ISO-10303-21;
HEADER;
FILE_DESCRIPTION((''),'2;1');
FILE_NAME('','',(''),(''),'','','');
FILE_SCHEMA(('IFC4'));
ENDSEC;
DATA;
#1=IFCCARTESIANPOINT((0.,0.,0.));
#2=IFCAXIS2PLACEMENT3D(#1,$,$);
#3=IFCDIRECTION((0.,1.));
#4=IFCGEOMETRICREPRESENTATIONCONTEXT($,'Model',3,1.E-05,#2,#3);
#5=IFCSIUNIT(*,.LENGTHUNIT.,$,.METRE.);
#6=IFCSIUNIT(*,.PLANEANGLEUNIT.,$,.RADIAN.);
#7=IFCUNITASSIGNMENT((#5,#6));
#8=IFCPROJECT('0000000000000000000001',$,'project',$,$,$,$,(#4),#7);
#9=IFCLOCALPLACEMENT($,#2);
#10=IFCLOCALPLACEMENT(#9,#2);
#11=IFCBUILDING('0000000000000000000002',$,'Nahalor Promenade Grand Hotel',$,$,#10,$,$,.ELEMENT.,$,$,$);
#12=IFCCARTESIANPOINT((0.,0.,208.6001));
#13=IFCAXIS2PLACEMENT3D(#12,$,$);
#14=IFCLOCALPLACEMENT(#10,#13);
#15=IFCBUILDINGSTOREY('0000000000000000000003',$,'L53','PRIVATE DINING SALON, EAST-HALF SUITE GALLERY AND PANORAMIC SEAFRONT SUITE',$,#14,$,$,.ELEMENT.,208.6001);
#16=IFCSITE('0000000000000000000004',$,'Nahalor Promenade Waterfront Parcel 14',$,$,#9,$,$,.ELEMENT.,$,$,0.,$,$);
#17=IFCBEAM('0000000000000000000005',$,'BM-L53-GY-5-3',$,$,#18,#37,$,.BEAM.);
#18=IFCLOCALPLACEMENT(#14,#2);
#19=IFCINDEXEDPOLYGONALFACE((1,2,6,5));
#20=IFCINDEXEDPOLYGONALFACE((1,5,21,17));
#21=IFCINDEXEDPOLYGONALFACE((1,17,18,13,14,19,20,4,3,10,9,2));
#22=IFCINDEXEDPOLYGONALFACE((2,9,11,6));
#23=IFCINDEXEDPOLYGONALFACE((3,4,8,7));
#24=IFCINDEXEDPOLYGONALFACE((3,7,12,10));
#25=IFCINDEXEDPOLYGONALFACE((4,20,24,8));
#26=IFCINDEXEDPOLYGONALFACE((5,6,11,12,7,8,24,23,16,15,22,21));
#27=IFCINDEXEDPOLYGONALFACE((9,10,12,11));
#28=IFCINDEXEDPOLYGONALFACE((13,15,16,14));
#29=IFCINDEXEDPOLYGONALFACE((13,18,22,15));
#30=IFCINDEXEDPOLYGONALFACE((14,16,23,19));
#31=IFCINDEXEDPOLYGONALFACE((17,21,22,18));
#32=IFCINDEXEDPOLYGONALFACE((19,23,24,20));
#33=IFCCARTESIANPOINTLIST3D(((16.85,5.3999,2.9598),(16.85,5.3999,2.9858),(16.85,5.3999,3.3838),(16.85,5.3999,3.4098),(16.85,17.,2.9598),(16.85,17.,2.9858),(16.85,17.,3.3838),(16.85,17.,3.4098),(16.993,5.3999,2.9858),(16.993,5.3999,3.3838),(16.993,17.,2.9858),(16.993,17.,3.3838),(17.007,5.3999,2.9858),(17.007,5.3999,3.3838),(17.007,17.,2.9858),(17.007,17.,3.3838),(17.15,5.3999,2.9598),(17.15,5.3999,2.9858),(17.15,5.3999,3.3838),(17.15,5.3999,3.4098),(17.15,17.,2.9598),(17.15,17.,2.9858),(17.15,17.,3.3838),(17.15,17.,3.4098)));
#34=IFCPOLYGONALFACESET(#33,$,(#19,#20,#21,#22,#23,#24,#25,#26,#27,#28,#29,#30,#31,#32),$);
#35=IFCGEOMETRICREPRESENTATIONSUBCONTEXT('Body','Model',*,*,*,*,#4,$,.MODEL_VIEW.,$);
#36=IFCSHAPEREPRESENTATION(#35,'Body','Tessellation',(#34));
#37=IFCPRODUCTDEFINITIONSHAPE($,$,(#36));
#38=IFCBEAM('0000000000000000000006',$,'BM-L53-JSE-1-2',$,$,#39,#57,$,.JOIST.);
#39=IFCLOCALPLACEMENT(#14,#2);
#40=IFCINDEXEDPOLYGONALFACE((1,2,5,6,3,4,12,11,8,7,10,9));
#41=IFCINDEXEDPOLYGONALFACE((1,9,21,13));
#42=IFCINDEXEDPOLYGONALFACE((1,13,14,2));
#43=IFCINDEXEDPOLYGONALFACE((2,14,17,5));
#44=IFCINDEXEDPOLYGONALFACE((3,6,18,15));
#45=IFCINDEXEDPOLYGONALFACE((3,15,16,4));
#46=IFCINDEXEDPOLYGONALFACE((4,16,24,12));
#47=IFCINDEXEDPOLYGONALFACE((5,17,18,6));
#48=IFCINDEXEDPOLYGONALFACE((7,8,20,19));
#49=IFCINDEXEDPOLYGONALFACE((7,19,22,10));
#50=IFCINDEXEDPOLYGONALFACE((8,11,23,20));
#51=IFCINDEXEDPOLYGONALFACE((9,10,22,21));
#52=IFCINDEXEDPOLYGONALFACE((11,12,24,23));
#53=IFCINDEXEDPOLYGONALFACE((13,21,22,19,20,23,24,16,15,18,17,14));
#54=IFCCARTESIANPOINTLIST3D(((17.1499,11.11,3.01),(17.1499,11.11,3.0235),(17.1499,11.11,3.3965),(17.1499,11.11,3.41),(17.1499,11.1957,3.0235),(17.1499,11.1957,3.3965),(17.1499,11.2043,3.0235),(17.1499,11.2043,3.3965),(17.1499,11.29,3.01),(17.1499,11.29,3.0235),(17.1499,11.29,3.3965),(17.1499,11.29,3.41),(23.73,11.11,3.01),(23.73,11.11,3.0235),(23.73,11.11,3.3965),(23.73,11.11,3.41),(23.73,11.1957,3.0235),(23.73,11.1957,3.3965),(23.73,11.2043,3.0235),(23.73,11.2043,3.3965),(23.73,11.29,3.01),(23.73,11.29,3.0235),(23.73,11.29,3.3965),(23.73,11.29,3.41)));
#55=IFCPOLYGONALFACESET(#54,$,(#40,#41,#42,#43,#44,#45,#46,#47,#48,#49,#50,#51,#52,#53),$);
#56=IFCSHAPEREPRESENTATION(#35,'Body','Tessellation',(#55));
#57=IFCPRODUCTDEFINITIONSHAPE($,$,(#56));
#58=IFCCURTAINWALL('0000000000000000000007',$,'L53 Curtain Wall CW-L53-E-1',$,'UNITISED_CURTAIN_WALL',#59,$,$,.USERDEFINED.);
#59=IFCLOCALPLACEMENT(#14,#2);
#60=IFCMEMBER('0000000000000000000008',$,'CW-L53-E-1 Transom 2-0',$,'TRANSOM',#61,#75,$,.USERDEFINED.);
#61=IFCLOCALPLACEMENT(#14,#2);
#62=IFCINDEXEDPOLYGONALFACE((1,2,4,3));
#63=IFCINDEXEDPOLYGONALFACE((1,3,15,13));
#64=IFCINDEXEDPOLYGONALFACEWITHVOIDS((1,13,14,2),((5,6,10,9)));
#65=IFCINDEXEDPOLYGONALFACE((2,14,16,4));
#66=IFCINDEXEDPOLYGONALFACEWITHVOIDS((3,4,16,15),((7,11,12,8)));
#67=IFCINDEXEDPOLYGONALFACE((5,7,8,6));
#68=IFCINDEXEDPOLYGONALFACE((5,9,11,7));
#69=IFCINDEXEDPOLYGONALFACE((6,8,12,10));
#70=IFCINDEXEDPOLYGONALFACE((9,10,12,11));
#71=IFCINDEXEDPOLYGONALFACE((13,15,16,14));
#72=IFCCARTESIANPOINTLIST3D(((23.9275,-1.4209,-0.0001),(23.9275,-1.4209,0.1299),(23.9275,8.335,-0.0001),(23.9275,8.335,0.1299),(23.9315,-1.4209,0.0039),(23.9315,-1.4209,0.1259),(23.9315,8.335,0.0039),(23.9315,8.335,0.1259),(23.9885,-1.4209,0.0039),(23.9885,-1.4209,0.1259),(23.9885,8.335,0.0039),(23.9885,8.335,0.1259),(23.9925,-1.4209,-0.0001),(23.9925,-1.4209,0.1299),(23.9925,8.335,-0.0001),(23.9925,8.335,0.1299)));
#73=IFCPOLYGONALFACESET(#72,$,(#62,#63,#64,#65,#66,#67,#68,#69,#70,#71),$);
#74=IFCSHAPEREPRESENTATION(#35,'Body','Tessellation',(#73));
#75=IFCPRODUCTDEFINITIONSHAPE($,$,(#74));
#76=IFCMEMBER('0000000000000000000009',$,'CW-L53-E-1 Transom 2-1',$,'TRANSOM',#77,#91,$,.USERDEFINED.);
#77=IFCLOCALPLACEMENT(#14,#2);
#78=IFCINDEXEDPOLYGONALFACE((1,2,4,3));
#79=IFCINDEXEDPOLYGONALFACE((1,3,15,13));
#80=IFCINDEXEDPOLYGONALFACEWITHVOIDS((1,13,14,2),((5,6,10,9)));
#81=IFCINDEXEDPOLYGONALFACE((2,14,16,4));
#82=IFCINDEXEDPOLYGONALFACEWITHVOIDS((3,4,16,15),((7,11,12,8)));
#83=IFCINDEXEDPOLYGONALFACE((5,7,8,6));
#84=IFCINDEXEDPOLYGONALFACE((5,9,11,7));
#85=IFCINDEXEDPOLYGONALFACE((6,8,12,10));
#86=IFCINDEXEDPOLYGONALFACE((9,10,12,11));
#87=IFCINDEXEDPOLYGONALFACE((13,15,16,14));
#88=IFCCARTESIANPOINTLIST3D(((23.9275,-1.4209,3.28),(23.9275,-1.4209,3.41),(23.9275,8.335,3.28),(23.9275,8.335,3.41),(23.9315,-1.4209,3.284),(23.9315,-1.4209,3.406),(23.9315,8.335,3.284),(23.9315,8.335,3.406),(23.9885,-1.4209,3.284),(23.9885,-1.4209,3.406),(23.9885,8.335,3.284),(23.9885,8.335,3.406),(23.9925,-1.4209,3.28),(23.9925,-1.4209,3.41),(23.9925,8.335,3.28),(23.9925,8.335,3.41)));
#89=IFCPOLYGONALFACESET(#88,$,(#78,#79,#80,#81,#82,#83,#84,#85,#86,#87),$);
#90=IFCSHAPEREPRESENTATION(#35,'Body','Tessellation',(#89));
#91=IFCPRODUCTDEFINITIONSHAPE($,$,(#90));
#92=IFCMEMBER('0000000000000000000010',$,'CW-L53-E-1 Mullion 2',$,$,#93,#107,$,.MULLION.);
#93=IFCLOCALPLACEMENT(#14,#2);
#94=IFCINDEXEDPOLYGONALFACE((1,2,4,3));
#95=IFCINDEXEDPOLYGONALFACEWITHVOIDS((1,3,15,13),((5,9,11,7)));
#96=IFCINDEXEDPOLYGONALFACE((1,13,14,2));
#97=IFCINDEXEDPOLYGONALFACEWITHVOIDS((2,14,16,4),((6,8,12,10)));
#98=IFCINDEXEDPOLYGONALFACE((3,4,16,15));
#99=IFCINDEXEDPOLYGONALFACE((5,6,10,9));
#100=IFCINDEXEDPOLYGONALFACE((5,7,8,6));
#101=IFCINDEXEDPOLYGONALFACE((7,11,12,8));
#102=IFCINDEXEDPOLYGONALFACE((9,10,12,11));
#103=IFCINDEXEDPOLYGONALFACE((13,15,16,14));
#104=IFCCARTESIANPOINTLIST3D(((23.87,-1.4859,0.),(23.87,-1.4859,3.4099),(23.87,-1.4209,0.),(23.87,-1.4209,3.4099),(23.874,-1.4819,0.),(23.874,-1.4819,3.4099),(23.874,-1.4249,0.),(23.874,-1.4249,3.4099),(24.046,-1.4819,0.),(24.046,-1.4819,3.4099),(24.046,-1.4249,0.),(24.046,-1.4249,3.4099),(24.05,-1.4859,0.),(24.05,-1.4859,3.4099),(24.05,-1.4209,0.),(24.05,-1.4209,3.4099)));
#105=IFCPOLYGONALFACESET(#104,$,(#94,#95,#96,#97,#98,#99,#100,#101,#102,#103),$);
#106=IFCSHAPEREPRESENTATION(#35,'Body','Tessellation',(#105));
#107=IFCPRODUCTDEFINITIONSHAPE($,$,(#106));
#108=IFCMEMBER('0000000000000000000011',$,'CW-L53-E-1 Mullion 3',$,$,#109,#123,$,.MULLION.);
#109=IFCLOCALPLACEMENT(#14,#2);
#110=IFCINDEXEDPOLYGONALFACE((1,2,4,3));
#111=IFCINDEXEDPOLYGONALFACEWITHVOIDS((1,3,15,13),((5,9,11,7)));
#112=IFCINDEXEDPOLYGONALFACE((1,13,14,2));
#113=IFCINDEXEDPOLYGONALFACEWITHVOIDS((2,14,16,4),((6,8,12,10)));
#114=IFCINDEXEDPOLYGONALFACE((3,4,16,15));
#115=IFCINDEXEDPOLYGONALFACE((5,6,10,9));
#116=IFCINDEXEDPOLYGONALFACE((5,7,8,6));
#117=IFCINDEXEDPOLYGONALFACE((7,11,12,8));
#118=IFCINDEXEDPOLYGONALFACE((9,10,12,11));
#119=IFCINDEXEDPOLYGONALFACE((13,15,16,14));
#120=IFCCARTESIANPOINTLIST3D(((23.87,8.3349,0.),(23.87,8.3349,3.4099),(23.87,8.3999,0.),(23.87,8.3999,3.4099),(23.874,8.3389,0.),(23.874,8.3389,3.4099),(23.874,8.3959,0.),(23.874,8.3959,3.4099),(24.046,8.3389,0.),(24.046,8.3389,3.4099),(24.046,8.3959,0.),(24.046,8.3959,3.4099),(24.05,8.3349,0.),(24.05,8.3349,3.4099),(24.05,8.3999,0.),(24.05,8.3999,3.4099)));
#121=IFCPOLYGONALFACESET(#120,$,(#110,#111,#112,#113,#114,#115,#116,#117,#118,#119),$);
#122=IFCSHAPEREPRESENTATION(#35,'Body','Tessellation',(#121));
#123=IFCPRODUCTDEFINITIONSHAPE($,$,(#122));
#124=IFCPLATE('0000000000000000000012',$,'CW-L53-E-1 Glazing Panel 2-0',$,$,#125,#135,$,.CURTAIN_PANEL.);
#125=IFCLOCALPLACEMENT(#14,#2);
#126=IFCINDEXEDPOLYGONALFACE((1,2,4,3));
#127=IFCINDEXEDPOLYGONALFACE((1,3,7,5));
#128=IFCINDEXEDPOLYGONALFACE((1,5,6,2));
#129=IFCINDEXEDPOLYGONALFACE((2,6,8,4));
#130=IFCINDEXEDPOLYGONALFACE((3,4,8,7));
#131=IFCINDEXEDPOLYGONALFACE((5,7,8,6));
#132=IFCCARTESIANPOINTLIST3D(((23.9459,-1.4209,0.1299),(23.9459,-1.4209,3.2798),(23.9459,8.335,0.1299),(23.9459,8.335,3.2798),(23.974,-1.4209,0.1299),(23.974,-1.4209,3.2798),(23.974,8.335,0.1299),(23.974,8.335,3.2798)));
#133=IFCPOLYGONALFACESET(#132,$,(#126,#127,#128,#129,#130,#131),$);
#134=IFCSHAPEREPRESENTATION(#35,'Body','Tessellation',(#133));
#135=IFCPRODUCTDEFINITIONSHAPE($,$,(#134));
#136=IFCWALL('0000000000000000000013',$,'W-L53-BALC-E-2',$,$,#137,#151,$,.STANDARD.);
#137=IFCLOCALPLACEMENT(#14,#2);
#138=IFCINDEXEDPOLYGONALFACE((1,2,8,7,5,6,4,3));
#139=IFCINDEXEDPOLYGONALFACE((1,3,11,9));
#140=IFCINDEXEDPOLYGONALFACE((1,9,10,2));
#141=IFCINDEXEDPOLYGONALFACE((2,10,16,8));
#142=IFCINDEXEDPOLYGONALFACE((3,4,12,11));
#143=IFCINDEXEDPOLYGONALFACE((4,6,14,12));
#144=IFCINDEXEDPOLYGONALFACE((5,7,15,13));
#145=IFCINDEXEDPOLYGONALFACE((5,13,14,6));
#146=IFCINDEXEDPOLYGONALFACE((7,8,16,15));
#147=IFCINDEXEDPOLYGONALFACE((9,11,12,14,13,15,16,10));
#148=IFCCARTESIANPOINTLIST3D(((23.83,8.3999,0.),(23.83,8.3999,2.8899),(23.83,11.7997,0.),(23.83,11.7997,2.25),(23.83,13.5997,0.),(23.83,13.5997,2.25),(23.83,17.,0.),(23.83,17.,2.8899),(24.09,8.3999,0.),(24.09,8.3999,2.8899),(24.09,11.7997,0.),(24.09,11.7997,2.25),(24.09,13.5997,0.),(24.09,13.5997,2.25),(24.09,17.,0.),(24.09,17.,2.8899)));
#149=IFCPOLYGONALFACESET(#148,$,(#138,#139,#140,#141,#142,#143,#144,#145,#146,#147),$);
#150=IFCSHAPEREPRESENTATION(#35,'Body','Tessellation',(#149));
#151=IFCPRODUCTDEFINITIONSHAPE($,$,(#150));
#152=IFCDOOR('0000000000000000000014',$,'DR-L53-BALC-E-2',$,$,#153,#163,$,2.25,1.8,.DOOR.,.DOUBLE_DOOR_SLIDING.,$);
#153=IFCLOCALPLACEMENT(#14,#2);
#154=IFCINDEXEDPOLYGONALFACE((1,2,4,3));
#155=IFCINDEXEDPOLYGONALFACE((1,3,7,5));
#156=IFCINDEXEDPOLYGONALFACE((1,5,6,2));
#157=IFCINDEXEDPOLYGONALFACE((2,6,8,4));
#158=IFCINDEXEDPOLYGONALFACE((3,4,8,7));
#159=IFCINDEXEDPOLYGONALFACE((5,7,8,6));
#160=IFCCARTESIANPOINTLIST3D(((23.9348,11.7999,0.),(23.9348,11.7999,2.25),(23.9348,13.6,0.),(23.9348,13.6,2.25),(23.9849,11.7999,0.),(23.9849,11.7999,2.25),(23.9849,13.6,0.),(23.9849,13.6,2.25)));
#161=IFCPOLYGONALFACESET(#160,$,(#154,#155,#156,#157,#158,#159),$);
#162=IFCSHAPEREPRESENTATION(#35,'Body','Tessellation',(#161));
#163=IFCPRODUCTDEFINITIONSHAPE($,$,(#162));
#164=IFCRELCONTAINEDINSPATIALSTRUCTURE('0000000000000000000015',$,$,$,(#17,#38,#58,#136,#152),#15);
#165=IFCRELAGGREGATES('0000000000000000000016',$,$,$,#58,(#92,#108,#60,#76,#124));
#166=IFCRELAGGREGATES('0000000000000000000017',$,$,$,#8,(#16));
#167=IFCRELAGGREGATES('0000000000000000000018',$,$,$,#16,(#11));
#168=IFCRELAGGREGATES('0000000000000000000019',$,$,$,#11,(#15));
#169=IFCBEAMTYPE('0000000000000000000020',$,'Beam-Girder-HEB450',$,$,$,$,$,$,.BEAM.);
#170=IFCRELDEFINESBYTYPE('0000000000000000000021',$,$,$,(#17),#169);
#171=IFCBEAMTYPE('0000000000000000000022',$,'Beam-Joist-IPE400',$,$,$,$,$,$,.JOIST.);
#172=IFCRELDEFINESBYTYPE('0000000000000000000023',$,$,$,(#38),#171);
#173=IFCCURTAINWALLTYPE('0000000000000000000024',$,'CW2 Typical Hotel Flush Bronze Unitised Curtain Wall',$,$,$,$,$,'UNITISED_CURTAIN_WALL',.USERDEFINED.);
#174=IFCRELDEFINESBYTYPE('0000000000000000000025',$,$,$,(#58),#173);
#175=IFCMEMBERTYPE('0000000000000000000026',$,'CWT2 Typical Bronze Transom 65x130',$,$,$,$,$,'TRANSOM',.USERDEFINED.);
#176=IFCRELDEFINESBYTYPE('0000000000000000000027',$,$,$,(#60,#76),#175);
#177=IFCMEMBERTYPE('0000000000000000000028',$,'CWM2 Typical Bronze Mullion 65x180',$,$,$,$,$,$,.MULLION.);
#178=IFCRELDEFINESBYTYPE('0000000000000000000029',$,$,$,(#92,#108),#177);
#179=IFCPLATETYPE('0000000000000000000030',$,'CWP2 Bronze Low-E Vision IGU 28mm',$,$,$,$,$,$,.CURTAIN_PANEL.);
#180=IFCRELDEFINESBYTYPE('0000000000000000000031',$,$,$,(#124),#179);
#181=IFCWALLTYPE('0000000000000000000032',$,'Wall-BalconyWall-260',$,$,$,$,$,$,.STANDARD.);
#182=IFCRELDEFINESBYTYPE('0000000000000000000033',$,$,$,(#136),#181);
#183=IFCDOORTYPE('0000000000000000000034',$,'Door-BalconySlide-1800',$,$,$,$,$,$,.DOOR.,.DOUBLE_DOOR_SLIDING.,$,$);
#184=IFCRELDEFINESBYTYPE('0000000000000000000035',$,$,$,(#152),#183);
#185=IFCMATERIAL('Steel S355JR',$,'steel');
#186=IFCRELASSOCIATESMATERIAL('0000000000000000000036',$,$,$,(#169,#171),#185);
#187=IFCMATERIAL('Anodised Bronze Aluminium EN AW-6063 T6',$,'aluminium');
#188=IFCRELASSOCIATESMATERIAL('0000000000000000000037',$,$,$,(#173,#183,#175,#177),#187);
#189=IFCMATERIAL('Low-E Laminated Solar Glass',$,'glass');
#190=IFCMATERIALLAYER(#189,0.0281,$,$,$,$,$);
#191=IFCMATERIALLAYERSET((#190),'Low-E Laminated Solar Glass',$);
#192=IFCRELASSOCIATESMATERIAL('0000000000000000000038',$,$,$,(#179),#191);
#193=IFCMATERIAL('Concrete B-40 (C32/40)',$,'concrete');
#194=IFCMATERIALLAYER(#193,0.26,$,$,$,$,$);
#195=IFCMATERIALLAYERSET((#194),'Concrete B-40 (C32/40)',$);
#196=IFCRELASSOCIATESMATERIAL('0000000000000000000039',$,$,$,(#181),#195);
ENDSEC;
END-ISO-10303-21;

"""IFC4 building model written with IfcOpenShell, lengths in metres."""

from ifc_helpers import new_model, si_unit, direction, frame, frame_2d, origin, origin_2d, place, context, subcontext, project, spatial, rectangle, hollow_rectangle, i_section, extrude, source, transform, mapped, material, layer, layer_set, material_profile, profile_set, type_object, element, fill, aggregate, save


model = new_model("IFC4")

# Units and contexts
model_context = context("Model", 3, precision=1e-05, world=origin(), true_north=direction((0.0, 1.0)))
body_context = subcontext(model_context, "Body", "Model", "MODEL_VIEW")
ifc_project = project(units=[si_unit("LENGTHUNIT", "METRE"), si_unit("PLANEANGLEUNIT", "RADIAN")], contexts=[model_context])

# Site, building, storey
site_placement = place(None, origin())
site = spatial("IfcSite", under=ifc_project, at=site_placement, Name="Nahalor Promenade Waterfront Parcel 14", CompositionType="ELEMENT", RefElevation=0.0)
building_placement = place(site_placement, origin())
building = spatial("IfcBuilding", under=site, at=building_placement, Name="Nahalor Promenade Grand Hotel", CompositionType="ELEMENT")
storey_placement = place(building_placement, frame((0.0, 0.0, 208.6001)))
storey = spatial("IfcBuildingStorey", under=building, at=storey_placement, Name="L53", Description="PRIVATE DINING SALON, EAST-HALF SUITE GALLERY AND PANORAMIC SEAFRONT SUITE", CompositionType="ELEMENT", Elevation=208.6001)

# Shared definitions
ifc_material_1 = material(Name="Steel S355JR", Category="steel")

# Beams
ifc_material_profile_1 = material_profile(ifc_material_1, i_section(OverallWidth=0.3, OverallDepth=0.45, WebThickness=0.014, FlangeThickness=0.026, at=origin_2d()), Name="HEB 450")
ifc_profile_set_1 = profile_set([ifc_material_profile_1], Name="Steel S355JR")
beam_type_1 = type_object("IfcBeamType", Name="Beam-Girder-HEB450", PredefinedType="BEAM", material=ifc_profile_set_1)
shared_shape_1 = source(origin(), body_context, "Body", "SweptSolid", [
    extrude(i_section(OverallWidth=0.3, OverallDepth=0.45, WebThickness=0.014, FlangeThickness=0.026, at=origin_2d()), origin(), (0.0, 0.0, 1.0), 11.6001),
])
beam_1_placement = place(storey_placement, frame((17.0, 5.3999, 3.1848), z_axis=(0.0, 1.0, 0.0), x_axis=(-1.0, 0.0, 0.0)))
element("IfcBeam", 1, at=beam_1_placement, inside=storey, type_object=beam_type_1, Name="BM-L53-GY-5-3", PredefinedType="BEAM", context=body_context, shape_type="MappedRepresentation", body=[
    mapped(shared_shape_1, transform((0.0, 0.0, 0.0), scale=1.0)),
])
ifc_material_profile_2 = material_profile(ifc_material_1, i_section(OverallWidth=0.18, OverallDepth=0.4, WebThickness=0.0086, FlangeThickness=0.0135, at=origin_2d()), Name="IPE 400")
ifc_profile_set_2 = profile_set([ifc_material_profile_2], Name="Steel S355JR")
beam_type_2 = type_object("IfcBeamType", Name="Beam-Joist-IPE400", PredefinedType="JOIST", material=ifc_profile_set_2)
shared_shape_2 = source(origin(), body_context, "Body", "SweptSolid", [
    extrude(i_section(OverallWidth=0.18, OverallDepth=0.4, WebThickness=0.0086, FlangeThickness=0.0135, at=origin_2d()), origin(), (0.0, 0.0, 1.0), 6.5801),
])
beam_2_placement = place(storey_placement, frame((17.1499, 11.2, 3.21), z_axis=(1.0, 0.0, 0.0), x_axis=(0.0, 1.0, 0.0)))
element("IfcBeam", 2, at=beam_2_placement, inside=storey, type_object=beam_type_2, Name="BM-L53-JSE-1-2", PredefinedType="JOIST", context=body_context, shape_type="MappedRepresentation", body=[
    mapped(shared_shape_2, transform((0.0, 0.0, 0.0), scale=1.0)),
])

# Curtain wall, members, plate
ifc_material_2 = material(Name="Anodised Bronze Aluminium EN AW-6063 T6", Category="aluminium")
curtain_wall_type = type_object("IfcCurtainWallType", Name="CW2 Typical Hotel Flush Bronze Unitised Curtain Wall", ElementType="UNITISED_CURTAIN_WALL", PredefinedType="USERDEFINED", material=ifc_material_2)
curtain_wall_placement = place(storey_placement, origin())
curtain_wall = element("IfcCurtainWall", 3, at=curtain_wall_placement, inside=storey, type_object=curtain_wall_type, Name="L53 Curtain Wall CW-L53-E-1", ObjectType="UNITISED_CURTAIN_WALL", PredefinedType="USERDEFINED")
ifc_material_profile_3 = material_profile(ifc_material_2, hollow_rectangle(XDim=0.065, YDim=0.13, WallThickness=0.004, at=origin_2d()), Name="CWT 65x130x4")
ifc_profile_set_3 = profile_set([ifc_material_profile_3], Name="Anodised Bronze Aluminium EN AW-6063 T6")
member_type_1 = type_object("IfcMemberType", Name="CWT2 Typical Bronze Transom 65x130", ElementType="TRANSOM", PredefinedType="USERDEFINED", material=ifc_profile_set_3)
shared_shape_3 = source(origin(), body_context, "Body", "SweptSolid", [
    extrude(hollow_rectangle(XDim=0.065, YDim=0.13, WallThickness=0.004, at=origin_2d()), origin(), (0.0, 0.0, 1.0), 9.7559),
])
member_1_placement = place(storey_placement, frame((23.96, -1.4209, 0.0649), z_axis=(0.0, 1.0, 0.0), x_axis=(-1.0, 0.0, 0.0)))
member_1 = element("IfcMember", 4, at=member_1_placement, type_object=member_type_1, Name="CW-L53-E-1 Transom 2-0", ObjectType="TRANSOM", PredefinedType="USERDEFINED", context=body_context, shape_type="MappedRepresentation", body=[
    mapped(shared_shape_3, transform((0.0, 0.0, 0.0), scale=1.0)),
])
member_2_placement = place(storey_placement, frame((23.96, -1.4209, 3.345), z_axis=(0.0, 1.0, 0.0), x_axis=(-1.0, 0.0, 0.0)))
member_2 = element("IfcMember", 5, at=member_2_placement, type_object=member_type_1, Name="CW-L53-E-1 Transom 2-1", ObjectType="TRANSOM", PredefinedType="USERDEFINED", context=body_context, shape_type="MappedRepresentation", body=[
    mapped(shared_shape_3, transform((0.0, 0.0, 0.0), scale=1.0)),
])
ifc_material_profile_4 = material_profile(ifc_material_2, hollow_rectangle(XDim=0.065, YDim=0.18, WallThickness=0.004, at=origin_2d()), Name="CWM 65x180x4")
ifc_profile_set_4 = profile_set([ifc_material_profile_4], Name="Anodised Bronze Aluminium EN AW-6063 T6")
member_type_2 = type_object("IfcMemberType", Name="CWM2 Typical Bronze Mullion 65x180", PredefinedType="MULLION", material=ifc_profile_set_4)
shared_shape_4 = source(origin(), body_context, "Body", "SweptSolid", [
    extrude(hollow_rectangle(XDim=0.065, YDim=0.18, WallThickness=0.004, at=origin_2d()), origin(), (0.0, 0.0, 1.0), 3.4099),
])
member_3_placement = place(storey_placement, frame((23.96, -1.4534, 0.0), z_axis=(0.0, 0.0, 1.0), x_axis=(0.0, 1.0, 0.0)))
member_3 = element("IfcMember", 6, at=member_3_placement, type_object=member_type_2, Name="CW-L53-E-1 Mullion 2", PredefinedType="MULLION", context=body_context, shape_type="MappedRepresentation", body=[
    mapped(shared_shape_4, transform((0.0, 0.0, 0.0), scale=1.0)),
])
member_4_placement = place(storey_placement, frame((23.96, 8.3674, 0.0), z_axis=(0.0, 0.0, 1.0), x_axis=(0.0, 1.0, 0.0)))
member_4 = element("IfcMember", 7, at=member_4_placement, type_object=member_type_2, Name="CW-L53-E-1 Mullion 3", PredefinedType="MULLION", context=body_context, shape_type="MappedRepresentation", body=[
    mapped(shared_shape_4, transform((0.0, 0.0, 0.0), scale=1.0)),
])
ifc_material_3 = material(Name="Low-E Laminated Solar Glass", Category="glass")
ifc_layer_1 = layer(ifc_material_3, 0.0281)
ifc_layer_set_1 = layer_set([ifc_layer_1], Name="Low-E Laminated Solar Glass")
plate_type = type_object("IfcPlateType", Name="CWP2 Bronze Low-E Vision IGU 28mm", PredefinedType="CURTAIN_PANEL", material=ifc_layer_set_1)
shared_shape_5 = source(origin(), body_context, "Body", "SweptSolid", [
    extrude(rectangle(XDim=9.7559, YDim=0.0281, at=origin_2d()), origin(), (0.0, 0.0, 1.0), 3.1499),
])
plate_placement = place(storey_placement, frame((23.96, 3.457, 0.1299), z_axis=(0.0, 0.0, 1.0), x_axis=(0.0, 1.0, 0.0)))
plate = element("IfcPlate", 8, at=plate_placement, type_object=plate_type, Name="CW-L53-E-1 Glazing Panel 2-0", PredefinedType="CURTAIN_PANEL", context=body_context, shape_type="MappedRepresentation", body=[
    mapped(shared_shape_5, transform((0.0, 0.0, 0.0), scale=1.0)),
])
aggregate(curtain_wall, [member_3, member_4, member_1, member_2, plate])

# Wall, opening, door
ifc_material_4 = material(Name="Concrete B-40 (C32/40)", Category="concrete")
ifc_layer_2 = layer(ifc_material_4, 0.26)
ifc_layer_set_2 = layer_set([ifc_layer_2], Name="Concrete B-40 (C32/40)")
wall_type_1 = type_object("IfcWallType", Name="Wall-BalconyWall-260", PredefinedType="STANDARD", material=ifc_layer_set_2)
shared_shape_6 = source(origin(), body_context, "Body", "SweptSolid", [
    extrude(rectangle(XDim=8.6001, YDim=0.26, at=frame_2d((4.3, 0.0))), origin(), (0.0, 0.0, 1.0), 2.8899),
])
wall_1_placement = place(storey_placement, frame((23.96, 8.3999, 0.0), z_axis=(0.0, 0.0, 1.0), x_axis=(0.0, 1.0, 0.0)))
wall_1 = element("IfcWall", 9, at=wall_1_placement, inside=storey, type_object=wall_type_1, Name="W-L53-BALC-E-2", PredefinedType="STANDARD", context=body_context, shape_type="MappedRepresentation", body=[
    mapped(shared_shape_6, transform((0.0, 0.0, 0.0), scale=1.0)),
])
opening_1_placement = place(wall_1_placement, frame((3.3999, 0.0, 0.0)))
opening_1 = element("IfcOpeningElement", 10, at=opening_1_placement, cuts=wall_1, PredefinedType="OPENING", context=body_context, shape_type="SweptSolid", body=[
    extrude(rectangle(XDim=1.8, YDim=2.25, at=frame_2d((0.8999, 1.125))), frame((0.0, 0.1399, 0.0), z_axis=(0.0, -1.0, 0.0), x_axis=(1.0, 0.0, 0.0)), (0.0, 0.0, 1.0), 0.28),
])
door_type_1 = type_object("IfcDoorType", Name="Door-BalconySlide-1800", OperationType="DOUBLE_DOOR_SLIDING", PredefinedType="DOOR", material=ifc_material_2)
shared_shape_7 = source(origin(), body_context, "Body", "SweptSolid", [
    extrude(rectangle(XDim=1.8, YDim=2.25, at=frame_2d((0.8999, 1.125))), frame((0.0, 0.0249, 0.0), z_axis=(0.0, -1.0, 0.0), x_axis=(1.0, 0.0, 0.0)), (0.0, 0.0, 1.0), 0.05),
])
door_1_placement = place(opening_1_placement, frame((1.8, 0.0, 0.0), z_axis=(0.0, 0.0, 1.0), x_axis=(-1.0, 0.0, 0.0)))
door_1 = element("IfcDoor", 11, at=door_1_placement, inside=storey, type_object=door_type_1, Name="DR-L53-BALC-E-2", OperationType="DOUBLE_DOOR_SLIDING", OverallHeight=2.25, OverallWidth=1.8, PredefinedType="DOOR", context=body_context, shape_type="MappedRepresentation", body=[
    mapped(shared_shape_7, transform((0.0, 0.0, 0.0), scale=1.0)),
])
fill(opening_1, door_1)

save(model, "model.ifc")
